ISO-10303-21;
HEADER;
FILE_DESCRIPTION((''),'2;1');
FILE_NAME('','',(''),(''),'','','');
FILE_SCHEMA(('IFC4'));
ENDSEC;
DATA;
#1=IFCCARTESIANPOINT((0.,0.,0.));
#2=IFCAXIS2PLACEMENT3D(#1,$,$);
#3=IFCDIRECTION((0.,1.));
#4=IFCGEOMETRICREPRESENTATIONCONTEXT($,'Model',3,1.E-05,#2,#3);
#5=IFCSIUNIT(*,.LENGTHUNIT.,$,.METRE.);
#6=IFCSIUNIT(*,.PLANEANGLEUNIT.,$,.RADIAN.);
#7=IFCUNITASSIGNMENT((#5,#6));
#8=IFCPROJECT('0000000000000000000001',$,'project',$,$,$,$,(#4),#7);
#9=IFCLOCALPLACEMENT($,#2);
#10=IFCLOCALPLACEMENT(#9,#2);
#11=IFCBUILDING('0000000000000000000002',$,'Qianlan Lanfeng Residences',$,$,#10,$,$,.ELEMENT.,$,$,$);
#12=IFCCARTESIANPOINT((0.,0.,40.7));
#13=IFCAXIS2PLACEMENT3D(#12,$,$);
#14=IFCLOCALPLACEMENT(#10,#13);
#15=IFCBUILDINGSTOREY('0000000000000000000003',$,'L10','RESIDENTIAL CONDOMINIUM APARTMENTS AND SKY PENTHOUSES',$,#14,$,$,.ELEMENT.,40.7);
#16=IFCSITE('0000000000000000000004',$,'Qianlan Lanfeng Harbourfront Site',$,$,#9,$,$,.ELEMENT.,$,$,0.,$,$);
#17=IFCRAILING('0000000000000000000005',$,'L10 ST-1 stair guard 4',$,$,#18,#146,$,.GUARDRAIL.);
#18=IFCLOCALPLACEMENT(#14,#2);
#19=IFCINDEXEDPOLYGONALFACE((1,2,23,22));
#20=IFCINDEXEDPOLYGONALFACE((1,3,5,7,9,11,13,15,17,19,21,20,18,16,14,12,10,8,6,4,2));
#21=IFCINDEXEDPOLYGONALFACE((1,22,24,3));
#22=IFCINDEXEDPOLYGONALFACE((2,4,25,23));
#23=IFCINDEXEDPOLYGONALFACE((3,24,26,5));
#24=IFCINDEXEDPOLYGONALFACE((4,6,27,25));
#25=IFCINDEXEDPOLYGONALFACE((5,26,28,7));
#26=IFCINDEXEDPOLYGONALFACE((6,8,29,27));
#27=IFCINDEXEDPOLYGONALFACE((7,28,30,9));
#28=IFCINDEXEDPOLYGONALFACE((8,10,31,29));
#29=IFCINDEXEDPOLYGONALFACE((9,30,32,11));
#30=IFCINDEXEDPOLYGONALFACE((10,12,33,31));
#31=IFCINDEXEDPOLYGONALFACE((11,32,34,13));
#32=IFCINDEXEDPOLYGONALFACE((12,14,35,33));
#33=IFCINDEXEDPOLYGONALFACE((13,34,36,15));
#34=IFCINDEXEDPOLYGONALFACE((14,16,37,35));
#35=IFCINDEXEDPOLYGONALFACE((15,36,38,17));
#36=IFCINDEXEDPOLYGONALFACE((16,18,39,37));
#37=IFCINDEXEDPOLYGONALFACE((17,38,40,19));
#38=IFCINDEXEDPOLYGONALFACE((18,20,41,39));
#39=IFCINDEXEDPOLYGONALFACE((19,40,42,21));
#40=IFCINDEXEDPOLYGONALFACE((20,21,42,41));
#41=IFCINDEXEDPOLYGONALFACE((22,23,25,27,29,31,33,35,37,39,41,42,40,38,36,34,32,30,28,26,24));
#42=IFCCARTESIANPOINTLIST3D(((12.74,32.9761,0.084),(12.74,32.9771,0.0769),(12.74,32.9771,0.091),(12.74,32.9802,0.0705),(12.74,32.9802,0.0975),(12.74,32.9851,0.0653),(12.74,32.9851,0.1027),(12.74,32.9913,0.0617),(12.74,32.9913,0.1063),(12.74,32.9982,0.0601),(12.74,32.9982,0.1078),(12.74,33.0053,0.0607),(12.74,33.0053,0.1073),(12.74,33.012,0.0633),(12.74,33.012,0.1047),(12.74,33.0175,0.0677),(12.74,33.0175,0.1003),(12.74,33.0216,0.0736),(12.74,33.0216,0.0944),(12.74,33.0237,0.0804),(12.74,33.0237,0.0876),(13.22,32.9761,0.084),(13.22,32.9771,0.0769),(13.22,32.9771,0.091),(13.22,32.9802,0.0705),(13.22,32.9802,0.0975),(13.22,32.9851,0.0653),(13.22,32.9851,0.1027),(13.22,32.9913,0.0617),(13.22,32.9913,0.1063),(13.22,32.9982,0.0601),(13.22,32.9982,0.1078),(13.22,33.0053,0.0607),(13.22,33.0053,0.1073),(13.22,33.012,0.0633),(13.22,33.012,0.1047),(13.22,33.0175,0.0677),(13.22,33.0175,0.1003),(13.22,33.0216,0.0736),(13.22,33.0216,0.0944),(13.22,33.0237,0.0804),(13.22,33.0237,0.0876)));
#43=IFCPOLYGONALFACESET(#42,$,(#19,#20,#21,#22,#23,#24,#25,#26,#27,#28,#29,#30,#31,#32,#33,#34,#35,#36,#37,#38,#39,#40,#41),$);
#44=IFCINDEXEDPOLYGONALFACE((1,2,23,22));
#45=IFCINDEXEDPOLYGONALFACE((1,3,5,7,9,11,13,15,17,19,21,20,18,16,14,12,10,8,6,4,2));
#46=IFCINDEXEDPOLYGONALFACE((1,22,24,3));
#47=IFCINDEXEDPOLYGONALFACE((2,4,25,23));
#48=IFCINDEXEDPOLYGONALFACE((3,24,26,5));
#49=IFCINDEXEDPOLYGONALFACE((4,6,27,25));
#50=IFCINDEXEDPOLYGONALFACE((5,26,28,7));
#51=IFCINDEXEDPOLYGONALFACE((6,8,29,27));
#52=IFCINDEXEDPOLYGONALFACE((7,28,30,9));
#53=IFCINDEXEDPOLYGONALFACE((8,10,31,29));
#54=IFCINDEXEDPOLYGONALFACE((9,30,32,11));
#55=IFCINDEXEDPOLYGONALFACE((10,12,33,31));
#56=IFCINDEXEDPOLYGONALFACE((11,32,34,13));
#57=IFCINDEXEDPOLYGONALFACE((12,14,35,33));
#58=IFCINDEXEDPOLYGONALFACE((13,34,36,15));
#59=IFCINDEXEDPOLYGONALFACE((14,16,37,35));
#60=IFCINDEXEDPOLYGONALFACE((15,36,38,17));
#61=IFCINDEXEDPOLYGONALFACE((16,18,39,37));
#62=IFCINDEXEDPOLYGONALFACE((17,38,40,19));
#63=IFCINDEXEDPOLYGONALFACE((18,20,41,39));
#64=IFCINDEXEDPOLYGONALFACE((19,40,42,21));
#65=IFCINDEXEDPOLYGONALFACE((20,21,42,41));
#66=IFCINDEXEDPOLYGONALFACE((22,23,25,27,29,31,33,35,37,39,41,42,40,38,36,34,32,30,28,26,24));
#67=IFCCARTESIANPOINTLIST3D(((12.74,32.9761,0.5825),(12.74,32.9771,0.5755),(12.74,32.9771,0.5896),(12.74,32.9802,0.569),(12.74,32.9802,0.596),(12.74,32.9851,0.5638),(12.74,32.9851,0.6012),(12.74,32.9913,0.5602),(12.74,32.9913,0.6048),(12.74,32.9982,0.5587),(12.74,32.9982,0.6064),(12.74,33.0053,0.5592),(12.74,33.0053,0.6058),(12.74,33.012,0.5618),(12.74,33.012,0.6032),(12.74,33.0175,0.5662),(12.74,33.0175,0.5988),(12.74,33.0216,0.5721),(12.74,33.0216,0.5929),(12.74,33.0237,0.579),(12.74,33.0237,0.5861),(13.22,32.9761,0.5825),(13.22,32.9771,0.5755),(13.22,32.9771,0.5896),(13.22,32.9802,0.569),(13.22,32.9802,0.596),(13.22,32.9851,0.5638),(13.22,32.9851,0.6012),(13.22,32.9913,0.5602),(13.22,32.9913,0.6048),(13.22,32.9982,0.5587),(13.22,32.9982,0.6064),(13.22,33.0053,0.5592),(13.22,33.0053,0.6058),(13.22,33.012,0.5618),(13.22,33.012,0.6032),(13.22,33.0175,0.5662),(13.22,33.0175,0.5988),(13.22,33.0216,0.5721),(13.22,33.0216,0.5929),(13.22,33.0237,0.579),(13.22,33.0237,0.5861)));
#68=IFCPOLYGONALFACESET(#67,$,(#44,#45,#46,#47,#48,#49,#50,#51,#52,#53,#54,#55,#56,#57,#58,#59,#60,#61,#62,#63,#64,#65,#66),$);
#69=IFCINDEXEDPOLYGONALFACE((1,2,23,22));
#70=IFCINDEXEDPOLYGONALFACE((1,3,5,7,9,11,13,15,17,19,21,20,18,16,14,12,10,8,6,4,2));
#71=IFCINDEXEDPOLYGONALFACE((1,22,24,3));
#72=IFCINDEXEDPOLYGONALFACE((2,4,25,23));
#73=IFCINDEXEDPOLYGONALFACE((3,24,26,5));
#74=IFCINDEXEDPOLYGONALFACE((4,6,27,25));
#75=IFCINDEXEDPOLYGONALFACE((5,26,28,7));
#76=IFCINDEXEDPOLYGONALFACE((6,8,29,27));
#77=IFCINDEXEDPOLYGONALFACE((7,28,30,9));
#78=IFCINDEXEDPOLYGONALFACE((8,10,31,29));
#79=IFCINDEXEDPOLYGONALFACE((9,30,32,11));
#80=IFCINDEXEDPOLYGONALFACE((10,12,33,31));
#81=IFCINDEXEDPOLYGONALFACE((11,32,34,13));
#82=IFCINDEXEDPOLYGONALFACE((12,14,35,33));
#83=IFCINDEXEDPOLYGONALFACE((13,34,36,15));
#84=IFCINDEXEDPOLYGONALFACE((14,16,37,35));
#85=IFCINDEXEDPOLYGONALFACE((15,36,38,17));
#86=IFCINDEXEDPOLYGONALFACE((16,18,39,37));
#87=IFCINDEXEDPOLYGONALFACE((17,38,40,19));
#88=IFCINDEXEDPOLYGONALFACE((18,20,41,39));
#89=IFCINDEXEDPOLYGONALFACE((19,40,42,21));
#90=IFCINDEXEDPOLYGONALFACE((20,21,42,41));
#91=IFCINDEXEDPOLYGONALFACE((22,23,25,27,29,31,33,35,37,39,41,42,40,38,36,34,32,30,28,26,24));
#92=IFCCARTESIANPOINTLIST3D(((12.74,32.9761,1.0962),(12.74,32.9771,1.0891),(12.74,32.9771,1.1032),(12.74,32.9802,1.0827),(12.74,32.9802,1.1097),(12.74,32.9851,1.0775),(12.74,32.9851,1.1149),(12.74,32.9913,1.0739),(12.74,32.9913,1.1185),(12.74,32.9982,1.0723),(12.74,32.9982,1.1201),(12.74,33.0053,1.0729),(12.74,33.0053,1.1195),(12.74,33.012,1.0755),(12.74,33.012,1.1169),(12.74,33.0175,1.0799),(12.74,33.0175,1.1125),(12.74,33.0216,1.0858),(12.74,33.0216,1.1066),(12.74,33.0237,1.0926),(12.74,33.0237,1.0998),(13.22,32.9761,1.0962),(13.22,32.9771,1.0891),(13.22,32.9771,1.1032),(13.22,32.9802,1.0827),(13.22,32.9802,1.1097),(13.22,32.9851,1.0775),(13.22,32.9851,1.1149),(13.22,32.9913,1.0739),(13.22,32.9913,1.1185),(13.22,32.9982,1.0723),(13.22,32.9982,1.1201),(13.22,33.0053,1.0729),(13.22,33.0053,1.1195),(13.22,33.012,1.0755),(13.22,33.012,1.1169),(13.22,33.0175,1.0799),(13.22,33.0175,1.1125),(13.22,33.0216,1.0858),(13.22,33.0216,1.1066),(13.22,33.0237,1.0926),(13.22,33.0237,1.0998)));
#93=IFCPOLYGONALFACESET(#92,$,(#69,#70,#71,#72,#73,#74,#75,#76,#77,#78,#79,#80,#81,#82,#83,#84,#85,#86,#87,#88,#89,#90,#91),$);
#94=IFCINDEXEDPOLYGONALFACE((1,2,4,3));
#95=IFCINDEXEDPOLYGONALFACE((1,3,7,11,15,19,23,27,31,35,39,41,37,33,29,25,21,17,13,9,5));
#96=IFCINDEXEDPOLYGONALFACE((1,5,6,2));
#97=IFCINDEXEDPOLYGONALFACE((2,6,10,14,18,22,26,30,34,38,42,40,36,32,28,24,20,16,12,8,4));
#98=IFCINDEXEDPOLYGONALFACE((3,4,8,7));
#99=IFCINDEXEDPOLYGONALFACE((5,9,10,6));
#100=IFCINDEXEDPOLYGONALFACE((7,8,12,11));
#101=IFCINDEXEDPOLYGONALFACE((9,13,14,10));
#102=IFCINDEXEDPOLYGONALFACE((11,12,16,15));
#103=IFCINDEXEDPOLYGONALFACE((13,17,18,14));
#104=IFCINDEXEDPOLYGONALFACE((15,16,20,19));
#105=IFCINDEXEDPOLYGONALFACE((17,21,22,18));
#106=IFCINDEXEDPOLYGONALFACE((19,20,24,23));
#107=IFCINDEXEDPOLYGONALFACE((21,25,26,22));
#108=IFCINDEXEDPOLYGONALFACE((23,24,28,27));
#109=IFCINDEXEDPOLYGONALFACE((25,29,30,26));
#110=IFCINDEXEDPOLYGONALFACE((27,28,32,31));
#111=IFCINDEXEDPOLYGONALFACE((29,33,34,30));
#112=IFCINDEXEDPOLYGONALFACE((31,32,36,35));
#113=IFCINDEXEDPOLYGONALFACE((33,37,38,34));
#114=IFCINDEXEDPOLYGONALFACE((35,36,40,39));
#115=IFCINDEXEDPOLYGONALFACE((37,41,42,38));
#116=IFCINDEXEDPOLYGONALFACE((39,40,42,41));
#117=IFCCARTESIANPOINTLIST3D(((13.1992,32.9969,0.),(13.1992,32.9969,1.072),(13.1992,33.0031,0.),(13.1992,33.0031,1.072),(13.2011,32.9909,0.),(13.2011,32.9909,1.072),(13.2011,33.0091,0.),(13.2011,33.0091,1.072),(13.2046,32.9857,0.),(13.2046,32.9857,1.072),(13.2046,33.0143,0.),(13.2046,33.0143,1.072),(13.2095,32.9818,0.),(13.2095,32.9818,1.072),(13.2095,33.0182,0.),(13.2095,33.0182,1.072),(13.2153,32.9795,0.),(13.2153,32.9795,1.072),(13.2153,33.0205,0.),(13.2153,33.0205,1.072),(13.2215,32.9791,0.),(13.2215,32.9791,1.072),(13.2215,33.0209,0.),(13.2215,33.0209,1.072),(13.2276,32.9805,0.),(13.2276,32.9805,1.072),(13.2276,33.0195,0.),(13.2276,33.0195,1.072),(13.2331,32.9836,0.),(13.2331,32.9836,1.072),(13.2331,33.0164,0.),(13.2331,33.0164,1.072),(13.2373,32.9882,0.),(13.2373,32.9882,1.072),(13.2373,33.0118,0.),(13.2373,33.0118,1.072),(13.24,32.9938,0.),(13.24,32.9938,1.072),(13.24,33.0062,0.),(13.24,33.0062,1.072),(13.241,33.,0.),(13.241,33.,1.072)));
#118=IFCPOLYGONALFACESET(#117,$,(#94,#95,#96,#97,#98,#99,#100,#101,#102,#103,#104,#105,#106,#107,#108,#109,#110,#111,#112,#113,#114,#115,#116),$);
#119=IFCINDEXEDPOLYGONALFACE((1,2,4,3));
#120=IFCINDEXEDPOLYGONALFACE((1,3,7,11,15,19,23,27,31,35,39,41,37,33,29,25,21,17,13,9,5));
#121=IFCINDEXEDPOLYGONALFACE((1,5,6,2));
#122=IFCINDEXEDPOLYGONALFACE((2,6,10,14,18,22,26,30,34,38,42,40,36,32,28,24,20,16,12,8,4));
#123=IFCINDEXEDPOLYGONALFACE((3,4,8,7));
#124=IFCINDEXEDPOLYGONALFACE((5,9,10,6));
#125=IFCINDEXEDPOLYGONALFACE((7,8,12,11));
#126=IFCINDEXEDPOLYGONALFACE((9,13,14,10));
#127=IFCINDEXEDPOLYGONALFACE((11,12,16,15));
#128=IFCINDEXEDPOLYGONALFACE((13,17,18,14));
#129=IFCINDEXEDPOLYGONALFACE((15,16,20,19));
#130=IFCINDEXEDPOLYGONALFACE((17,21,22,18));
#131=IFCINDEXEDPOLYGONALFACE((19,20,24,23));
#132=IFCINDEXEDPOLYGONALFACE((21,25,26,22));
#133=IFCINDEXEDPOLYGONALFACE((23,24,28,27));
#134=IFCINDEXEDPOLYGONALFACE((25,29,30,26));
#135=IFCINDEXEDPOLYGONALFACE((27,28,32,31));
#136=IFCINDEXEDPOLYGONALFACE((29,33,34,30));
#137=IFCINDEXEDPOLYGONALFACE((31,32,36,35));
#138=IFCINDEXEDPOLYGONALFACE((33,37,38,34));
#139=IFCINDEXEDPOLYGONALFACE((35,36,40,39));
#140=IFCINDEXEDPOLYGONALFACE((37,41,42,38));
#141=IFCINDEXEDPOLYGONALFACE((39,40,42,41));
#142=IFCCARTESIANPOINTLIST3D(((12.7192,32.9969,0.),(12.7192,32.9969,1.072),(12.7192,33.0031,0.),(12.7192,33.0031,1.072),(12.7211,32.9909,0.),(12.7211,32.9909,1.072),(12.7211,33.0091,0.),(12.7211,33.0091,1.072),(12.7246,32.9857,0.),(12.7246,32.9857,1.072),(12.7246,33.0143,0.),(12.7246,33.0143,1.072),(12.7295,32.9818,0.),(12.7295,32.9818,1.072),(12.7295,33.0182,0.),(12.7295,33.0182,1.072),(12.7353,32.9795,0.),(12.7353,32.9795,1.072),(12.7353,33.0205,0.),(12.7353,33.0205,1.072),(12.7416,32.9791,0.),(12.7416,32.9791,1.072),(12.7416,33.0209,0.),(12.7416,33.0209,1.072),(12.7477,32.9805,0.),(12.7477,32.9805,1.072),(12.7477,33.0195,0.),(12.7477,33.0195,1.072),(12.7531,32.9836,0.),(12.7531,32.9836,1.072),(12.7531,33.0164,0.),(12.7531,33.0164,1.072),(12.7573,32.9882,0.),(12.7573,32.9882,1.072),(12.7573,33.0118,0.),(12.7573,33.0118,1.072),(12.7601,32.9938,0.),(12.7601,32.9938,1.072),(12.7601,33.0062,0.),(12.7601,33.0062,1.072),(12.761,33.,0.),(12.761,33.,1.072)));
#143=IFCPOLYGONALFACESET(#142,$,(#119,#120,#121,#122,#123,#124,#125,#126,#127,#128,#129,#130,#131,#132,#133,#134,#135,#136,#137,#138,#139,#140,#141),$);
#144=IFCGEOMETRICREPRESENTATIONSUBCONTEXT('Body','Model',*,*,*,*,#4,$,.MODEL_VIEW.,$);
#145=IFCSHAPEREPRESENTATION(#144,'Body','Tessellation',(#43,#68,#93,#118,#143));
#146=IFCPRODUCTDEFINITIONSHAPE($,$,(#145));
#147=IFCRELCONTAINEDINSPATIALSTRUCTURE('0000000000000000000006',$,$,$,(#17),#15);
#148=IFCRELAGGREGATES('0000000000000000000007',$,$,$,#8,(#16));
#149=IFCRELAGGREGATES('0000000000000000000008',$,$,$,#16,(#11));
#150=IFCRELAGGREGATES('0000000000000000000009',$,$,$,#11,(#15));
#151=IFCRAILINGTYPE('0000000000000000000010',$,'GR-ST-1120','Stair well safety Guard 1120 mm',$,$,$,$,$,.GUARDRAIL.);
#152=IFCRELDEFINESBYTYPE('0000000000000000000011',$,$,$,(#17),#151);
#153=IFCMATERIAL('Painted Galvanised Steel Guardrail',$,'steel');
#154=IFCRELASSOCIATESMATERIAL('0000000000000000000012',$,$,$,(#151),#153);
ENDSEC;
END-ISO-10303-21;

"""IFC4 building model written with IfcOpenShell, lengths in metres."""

from ifc_helpers import new_model, si_unit, direction, frame, origin, origin_2d, place, context, subcontext, project, spatial, circle, extrude, material, type_object, element, save


model = new_model("IFC4")

# Units and contexts
model_context = context("Model", 3, precision=1e-05, world=origin(), true_north=direction((0.0, 1.0)))
body_context = subcontext(model_context, "Body", "Model", "MODEL_VIEW")
ifc_project = project(units=[si_unit("LENGTHUNIT", "METRE"), si_unit("PLANEANGLEUNIT", "RADIAN")], contexts=[model_context])

# Site, building, storey
site_placement = place(None, origin())
site = spatial("IfcSite", under=ifc_project, at=site_placement, Name="Qianlan Lanfeng Harbourfront Site", CompositionType="ELEMENT", RefElevation=0.0)
building_placement = place(site_placement, origin())
building = spatial("IfcBuilding", under=site, at=building_placement, Name="Qianlan Lanfeng Residences", CompositionType="ELEMENT")
storey_placement = place(building_placement, frame((0.0, 0.0, 40.7)))
storey = spatial("IfcBuildingStorey", under=building, at=storey_placement, Name="L10", Description="RESIDENTIAL CONDOMINIUM APARTMENTS AND SKY PENTHOUSES", CompositionType="ELEMENT", Elevation=40.7)

# Railing
ifc_material_1 = material(Name="Painted Galvanised Steel Guardrail", Category="steel")
railing_type = type_object("IfcRailingType", Name="GR-ST-1120", Description="Stair well safety Guard 1120 mm", PredefinedType="GUARDRAIL", material=ifc_material_1)
railing_placement = place(storey_placement, frame((13.22, 33.0, 0.0)))
element("IfcRailing", 1, at=railing_placement, inside=storey, type_object=railing_type, Name="L10 ST-1 stair guard 4", PredefinedType="GUARDRAIL", context=body_context, shape_type="SweptSolid", body=[
    extrude(circle(Radius=0.0239, at=origin_2d()), frame((0.0, 0.0, 0.084), z_axis=(-1.0, 0.0, 0.0), x_axis=(0.0, -1.0, 0.0)), (0.0, 0.0, 1.0), 0.48),
    extrude(circle(Radius=0.0239, at=origin_2d()), frame((0.0, 0.0, 0.5825), z_axis=(-1.0, 0.0, 0.0), x_axis=(0.0, -1.0, 0.0)), (0.0, 0.0, 1.0), 0.48),
    extrude(circle(Radius=0.0239, at=origin_2d()), frame((0.0, 0.0, 1.0962), z_axis=(-1.0, 0.0, 0.0), x_axis=(0.0, -1.0, 0.0)), (0.0, 0.0, 1.0), 0.48),
    extrude(circle(Radius=0.021, at=origin_2d()), origin(), (0.0, 0.0, 1.0), 1.072),
    extrude(circle(Radius=0.021, at=origin_2d()), frame((-0.48, 0.0, 0.0)), (0.0, 0.0, 1.0), 1.072),
])

save(model, "model.ifc")
